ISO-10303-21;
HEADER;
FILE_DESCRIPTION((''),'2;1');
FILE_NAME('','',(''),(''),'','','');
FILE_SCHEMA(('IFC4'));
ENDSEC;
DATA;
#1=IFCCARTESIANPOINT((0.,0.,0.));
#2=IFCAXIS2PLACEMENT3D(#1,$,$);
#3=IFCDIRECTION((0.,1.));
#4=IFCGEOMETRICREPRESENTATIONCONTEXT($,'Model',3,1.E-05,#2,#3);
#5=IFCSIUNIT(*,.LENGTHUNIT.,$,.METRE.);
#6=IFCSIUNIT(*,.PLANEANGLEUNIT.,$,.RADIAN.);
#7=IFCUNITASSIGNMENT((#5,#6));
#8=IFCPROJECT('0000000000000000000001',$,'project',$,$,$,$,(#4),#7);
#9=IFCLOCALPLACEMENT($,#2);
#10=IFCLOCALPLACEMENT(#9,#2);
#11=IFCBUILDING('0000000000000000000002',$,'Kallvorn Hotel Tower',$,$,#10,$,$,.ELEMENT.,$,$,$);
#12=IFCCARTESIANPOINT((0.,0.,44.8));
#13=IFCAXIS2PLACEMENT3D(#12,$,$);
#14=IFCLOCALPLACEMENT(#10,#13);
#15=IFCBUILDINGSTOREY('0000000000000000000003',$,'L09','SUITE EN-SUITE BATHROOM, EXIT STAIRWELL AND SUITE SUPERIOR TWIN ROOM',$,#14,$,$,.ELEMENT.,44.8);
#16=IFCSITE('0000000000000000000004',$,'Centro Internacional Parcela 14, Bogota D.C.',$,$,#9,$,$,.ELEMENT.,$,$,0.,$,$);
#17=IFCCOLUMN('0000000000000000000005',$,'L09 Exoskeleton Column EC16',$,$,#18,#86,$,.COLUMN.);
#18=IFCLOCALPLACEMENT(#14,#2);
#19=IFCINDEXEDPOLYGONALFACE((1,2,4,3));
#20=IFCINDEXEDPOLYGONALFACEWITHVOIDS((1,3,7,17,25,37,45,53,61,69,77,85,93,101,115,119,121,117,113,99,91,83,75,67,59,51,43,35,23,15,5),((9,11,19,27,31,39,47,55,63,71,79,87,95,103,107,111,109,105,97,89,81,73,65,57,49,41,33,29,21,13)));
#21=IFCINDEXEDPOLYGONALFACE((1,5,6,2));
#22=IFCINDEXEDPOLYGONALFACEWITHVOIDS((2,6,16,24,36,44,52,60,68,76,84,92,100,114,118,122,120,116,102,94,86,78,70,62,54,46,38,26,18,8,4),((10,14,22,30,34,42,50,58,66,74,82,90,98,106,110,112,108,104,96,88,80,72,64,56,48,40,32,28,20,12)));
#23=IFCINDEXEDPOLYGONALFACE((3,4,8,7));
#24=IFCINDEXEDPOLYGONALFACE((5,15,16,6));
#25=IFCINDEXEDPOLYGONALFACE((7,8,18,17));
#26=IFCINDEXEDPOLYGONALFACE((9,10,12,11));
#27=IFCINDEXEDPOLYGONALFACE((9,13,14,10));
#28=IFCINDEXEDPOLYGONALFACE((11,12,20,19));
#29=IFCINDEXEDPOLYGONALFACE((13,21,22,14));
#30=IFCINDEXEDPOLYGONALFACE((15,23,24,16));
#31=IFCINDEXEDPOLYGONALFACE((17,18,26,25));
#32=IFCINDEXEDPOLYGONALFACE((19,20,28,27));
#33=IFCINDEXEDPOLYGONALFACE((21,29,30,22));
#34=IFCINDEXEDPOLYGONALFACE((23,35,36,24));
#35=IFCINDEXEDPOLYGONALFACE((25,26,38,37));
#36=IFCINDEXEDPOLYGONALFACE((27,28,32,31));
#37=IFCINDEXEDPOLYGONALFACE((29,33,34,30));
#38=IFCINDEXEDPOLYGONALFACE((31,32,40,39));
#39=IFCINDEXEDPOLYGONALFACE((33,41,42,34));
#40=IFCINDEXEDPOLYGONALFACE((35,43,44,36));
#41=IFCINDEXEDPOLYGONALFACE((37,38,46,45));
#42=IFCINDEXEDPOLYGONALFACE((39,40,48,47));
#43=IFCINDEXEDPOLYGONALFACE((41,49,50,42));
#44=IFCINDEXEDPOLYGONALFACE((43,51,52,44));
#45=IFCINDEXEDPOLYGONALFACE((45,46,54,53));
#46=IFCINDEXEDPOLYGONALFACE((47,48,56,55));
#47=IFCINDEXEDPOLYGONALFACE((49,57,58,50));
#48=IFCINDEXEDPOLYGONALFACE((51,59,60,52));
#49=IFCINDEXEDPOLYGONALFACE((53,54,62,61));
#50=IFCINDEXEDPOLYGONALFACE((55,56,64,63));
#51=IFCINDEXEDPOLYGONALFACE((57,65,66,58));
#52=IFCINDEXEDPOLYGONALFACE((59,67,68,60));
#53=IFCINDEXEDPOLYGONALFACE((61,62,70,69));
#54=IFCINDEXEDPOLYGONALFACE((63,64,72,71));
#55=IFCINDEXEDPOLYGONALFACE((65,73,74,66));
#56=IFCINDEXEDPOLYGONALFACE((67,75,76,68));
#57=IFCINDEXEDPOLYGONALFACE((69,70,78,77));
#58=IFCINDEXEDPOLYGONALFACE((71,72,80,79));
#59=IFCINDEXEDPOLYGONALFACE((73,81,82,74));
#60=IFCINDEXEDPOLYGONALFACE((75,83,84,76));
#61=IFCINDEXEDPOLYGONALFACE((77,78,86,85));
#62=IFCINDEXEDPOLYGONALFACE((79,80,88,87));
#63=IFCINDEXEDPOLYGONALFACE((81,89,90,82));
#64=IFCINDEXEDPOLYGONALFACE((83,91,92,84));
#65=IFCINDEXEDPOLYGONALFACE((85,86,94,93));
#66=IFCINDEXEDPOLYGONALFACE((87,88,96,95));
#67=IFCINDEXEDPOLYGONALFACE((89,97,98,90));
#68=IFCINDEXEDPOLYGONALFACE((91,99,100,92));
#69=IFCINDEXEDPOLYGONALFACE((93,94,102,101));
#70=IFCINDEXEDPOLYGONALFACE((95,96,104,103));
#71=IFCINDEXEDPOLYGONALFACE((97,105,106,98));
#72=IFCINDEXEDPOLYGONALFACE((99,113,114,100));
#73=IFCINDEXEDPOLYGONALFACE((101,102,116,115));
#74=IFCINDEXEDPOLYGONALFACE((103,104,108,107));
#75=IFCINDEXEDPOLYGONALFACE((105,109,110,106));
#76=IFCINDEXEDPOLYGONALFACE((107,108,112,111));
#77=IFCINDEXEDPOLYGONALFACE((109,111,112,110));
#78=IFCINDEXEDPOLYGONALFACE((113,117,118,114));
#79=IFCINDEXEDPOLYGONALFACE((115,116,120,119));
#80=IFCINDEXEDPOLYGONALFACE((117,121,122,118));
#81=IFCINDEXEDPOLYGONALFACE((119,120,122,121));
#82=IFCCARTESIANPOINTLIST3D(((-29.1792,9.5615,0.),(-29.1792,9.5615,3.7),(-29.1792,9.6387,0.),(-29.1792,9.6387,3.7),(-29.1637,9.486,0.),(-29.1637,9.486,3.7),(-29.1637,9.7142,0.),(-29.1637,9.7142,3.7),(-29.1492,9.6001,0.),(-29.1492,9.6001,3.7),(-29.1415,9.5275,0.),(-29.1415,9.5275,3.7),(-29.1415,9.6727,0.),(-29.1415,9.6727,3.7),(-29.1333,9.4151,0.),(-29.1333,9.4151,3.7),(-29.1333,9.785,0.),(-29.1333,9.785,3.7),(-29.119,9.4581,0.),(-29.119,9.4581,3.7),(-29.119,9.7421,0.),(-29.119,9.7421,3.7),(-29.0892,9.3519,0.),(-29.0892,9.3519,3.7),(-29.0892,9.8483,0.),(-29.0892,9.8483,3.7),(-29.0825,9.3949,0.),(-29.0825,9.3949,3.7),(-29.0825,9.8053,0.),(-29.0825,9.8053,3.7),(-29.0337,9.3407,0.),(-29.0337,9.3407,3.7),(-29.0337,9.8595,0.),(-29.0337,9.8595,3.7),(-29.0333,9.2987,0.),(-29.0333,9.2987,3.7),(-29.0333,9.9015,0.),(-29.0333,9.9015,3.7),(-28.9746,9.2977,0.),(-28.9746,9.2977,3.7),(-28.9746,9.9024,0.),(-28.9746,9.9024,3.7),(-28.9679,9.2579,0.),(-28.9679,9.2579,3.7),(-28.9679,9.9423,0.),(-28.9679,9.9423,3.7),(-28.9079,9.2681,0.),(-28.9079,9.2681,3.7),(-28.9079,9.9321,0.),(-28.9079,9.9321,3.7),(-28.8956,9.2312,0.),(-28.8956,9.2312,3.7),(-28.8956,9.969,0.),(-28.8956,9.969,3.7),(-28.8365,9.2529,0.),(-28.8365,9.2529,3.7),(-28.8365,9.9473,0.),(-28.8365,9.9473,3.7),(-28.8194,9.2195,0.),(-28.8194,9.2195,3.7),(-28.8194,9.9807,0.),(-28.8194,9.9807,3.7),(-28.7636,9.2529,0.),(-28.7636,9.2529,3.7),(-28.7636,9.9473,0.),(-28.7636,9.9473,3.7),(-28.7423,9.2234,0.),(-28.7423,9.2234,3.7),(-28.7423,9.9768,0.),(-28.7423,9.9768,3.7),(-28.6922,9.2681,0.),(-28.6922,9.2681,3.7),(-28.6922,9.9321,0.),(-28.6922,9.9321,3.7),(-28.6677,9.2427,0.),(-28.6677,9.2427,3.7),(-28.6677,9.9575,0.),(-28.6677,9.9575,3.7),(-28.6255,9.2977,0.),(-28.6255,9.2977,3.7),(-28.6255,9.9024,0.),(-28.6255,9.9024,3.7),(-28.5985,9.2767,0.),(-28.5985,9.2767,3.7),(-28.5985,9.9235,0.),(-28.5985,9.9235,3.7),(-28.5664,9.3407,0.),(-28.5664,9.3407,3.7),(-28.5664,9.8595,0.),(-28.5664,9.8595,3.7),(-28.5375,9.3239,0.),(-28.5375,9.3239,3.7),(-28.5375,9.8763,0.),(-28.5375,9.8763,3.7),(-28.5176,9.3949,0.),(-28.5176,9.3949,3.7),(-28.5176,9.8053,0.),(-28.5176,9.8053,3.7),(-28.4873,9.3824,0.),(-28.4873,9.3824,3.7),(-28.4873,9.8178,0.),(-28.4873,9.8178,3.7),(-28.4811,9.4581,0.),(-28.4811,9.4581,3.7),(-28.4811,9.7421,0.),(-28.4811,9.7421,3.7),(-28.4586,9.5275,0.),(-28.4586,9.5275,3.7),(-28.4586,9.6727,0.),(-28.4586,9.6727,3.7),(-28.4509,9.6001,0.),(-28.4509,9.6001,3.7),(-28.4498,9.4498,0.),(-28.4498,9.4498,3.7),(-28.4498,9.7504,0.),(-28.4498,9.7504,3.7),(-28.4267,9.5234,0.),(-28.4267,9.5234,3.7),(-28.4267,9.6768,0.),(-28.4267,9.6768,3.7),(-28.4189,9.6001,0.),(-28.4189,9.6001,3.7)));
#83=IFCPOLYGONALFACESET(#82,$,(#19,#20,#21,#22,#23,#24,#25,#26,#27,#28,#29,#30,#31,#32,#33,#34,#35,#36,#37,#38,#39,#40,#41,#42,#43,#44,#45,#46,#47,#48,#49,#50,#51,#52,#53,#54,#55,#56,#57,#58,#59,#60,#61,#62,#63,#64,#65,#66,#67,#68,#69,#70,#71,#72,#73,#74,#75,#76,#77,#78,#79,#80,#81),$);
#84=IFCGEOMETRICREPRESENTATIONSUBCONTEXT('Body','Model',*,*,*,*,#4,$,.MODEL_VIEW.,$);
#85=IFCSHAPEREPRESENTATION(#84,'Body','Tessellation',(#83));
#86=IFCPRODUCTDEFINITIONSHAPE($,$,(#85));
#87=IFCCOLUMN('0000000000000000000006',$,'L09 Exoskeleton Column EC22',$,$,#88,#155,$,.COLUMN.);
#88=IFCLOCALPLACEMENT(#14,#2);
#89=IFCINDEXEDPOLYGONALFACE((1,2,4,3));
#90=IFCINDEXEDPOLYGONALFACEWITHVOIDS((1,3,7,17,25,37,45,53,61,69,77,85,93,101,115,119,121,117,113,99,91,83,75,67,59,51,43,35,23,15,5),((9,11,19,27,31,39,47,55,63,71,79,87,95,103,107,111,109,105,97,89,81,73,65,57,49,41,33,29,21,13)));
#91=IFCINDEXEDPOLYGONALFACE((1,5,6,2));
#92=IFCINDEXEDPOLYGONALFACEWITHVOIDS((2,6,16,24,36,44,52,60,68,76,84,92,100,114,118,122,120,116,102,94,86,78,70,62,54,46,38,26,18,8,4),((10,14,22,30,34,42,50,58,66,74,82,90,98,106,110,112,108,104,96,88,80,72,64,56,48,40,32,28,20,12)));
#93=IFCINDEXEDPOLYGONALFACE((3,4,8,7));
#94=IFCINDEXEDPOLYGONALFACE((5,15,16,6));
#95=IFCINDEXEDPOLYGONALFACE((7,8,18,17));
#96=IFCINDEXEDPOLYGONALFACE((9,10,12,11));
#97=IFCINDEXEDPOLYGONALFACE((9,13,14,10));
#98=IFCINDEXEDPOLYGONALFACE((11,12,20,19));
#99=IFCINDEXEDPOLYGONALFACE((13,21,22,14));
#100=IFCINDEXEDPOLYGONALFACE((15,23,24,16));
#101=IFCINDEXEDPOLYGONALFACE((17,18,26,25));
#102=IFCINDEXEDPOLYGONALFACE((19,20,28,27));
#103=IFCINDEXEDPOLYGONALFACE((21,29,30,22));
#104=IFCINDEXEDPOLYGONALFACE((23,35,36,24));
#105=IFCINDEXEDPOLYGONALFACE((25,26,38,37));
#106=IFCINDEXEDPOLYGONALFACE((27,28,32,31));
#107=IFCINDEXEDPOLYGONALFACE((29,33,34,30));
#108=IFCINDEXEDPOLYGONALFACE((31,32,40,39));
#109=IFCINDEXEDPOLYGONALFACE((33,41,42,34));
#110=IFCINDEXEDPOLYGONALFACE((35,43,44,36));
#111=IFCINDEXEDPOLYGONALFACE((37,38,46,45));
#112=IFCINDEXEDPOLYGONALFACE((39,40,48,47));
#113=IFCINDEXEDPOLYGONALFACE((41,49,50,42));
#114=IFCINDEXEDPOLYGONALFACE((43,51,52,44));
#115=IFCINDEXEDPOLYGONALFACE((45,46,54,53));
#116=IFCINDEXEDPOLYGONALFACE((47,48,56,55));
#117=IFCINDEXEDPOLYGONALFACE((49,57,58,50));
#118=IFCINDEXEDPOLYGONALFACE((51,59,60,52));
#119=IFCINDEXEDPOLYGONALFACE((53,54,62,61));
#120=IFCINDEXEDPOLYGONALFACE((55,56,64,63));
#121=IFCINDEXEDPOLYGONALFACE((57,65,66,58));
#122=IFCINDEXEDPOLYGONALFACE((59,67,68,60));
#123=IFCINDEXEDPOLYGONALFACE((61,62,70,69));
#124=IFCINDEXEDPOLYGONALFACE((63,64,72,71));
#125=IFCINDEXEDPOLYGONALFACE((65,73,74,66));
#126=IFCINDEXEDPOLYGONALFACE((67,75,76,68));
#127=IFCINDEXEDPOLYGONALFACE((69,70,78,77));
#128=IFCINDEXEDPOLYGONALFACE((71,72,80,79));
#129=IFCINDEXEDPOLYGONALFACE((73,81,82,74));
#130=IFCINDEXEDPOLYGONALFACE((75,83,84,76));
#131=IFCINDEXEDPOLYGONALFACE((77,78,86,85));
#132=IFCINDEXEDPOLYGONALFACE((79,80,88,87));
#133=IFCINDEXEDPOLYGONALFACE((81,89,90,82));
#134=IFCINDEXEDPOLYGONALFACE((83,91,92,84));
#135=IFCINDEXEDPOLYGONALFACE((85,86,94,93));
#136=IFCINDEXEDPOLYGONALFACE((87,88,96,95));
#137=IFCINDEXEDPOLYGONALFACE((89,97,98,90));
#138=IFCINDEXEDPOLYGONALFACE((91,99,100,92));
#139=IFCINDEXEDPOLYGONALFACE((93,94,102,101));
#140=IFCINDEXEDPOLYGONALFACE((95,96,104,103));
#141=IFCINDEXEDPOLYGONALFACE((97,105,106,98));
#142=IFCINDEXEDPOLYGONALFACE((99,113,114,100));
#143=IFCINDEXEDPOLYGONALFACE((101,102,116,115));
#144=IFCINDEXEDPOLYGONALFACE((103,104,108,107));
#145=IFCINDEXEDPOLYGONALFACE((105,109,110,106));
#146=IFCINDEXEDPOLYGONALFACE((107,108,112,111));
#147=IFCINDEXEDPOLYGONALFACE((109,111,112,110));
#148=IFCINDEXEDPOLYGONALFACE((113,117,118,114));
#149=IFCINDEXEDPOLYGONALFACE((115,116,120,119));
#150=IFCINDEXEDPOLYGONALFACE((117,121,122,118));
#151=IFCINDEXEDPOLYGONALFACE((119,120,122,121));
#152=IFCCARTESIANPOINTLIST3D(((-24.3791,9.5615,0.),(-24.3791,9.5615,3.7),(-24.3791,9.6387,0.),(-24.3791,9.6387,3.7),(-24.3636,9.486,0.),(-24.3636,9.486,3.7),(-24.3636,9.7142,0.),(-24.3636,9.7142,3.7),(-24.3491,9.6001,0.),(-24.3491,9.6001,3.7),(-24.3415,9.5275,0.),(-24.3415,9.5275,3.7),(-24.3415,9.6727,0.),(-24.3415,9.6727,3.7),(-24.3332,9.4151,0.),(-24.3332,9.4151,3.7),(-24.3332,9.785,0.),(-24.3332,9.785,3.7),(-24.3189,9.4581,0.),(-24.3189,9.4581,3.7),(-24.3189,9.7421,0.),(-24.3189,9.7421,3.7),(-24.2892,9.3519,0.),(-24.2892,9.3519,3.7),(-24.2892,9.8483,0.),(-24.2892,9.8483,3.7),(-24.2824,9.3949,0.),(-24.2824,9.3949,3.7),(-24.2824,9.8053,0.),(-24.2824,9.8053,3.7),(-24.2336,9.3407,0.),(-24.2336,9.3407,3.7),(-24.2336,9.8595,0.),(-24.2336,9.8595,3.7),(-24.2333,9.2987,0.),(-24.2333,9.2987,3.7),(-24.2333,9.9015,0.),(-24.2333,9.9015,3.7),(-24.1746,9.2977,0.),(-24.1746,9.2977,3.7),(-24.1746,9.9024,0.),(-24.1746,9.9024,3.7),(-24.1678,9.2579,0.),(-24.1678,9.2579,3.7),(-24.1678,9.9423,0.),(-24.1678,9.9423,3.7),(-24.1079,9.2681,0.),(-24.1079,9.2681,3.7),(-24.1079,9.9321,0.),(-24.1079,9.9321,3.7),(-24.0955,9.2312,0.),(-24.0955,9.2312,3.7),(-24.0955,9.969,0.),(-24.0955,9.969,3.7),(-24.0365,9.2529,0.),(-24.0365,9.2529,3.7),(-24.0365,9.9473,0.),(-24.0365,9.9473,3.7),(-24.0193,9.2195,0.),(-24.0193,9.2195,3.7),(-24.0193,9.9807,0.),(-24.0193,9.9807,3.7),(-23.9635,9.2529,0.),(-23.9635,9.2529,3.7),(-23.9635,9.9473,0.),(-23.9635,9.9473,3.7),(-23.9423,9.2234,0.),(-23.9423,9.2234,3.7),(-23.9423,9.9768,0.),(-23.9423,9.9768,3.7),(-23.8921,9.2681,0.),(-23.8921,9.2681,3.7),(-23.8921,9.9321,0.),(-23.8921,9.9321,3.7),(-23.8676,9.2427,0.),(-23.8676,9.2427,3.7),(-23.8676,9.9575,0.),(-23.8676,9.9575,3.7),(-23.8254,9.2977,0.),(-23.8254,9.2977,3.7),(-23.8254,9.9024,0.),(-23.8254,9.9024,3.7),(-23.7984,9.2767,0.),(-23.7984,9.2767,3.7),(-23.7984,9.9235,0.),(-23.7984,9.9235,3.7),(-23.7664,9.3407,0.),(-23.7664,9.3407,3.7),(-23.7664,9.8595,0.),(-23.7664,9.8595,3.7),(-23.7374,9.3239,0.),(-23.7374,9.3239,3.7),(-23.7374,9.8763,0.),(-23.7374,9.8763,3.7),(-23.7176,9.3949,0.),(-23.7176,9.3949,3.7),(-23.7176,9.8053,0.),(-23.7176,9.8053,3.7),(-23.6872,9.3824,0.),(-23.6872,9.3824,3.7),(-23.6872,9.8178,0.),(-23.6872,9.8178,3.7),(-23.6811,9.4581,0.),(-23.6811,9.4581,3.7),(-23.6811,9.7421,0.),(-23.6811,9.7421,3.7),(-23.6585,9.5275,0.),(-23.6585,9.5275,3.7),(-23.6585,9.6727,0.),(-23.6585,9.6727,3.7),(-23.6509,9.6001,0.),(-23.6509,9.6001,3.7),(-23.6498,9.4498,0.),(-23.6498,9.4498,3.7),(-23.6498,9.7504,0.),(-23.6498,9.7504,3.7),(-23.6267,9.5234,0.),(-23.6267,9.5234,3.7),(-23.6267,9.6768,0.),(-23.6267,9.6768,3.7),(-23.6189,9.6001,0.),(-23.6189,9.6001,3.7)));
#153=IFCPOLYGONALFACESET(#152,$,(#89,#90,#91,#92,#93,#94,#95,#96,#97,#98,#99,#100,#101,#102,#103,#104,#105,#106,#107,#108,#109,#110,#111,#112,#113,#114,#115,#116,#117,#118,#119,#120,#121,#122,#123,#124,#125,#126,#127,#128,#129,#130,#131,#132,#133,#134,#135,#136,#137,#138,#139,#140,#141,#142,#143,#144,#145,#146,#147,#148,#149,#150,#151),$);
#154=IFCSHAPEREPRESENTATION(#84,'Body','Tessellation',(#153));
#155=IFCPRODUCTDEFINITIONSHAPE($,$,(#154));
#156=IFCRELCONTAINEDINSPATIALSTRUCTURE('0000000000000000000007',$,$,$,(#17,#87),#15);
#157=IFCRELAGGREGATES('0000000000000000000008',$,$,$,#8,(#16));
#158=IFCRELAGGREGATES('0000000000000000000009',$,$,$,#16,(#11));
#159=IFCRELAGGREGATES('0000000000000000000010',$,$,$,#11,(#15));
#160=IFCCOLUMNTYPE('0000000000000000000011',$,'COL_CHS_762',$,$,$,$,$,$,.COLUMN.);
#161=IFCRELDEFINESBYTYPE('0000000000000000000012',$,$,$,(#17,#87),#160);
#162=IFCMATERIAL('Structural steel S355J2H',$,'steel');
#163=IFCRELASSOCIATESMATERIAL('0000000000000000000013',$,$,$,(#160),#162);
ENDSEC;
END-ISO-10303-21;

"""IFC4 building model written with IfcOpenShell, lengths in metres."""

from ifc_helpers import new_model, si_unit, direction, frame, origin, origin_2d, place, context, subcontext, project, spatial, hollow_circle, extrude, material, material_profile, profile_set, type_object, element, save


model = new_model("IFC4")

# Units and contexts
model_context = context("Model", 3, precision=1e-05, world=origin(), true_north=direction((0.0, 1.0)))
body_context = subcontext(model_context, "Body", "Model", "MODEL_VIEW")
ifc_project = project(units=[si_unit("LENGTHUNIT", "METRE"), si_unit("PLANEANGLEUNIT", "RADIAN")], contexts=[model_context])

# Site, building, storey
site_placement = place(None, origin())
site = spatial("IfcSite", under=ifc_project, at=site_placement, Name="Centro Internacional Parcela 14, Bogota D.C.", CompositionType="ELEMENT", RefElevation=0.0)
building_placement = place(site_placement, origin())
building = spatial("IfcBuilding", under=site, at=building_placement, Name="Kallvorn Hotel Tower", CompositionType="ELEMENT")
storey_placement = place(building_placement, frame((0.0, 0.0, 44.8)))
storey = spatial("IfcBuildingStorey", under=building, at=storey_placement, Name="L09", Description="SUITE EN-SUITE BATHROOM, EXIT STAIRWELL AND SUITE SUPERIOR TWIN ROOM", CompositionType="ELEMENT", Elevation=44.8)

# Columns
ifc_material_1 = material(Name="Structural steel S355J2H", Category="steel")
ifc_material_profile_1 = material_profile(ifc_material_1, hollow_circle(Radius=0.3811, WallThickness=0.032, at=origin_2d()), Name="CHS 762x32")
ifc_profile_set_1 = profile_set([ifc_material_profile_1], Name="Structural steel S355J2H")
column_type_1 = type_object("IfcColumnType", Name="COL_CHS_762", PredefinedType="COLUMN", material=ifc_profile_set_1)
for number, where, z_axis, x_axis, name in (
    (1, (-28.8, 9.6001, 0.0), (0.0, 0.0, 1.0), (1.0, 0.0, 0.0), "L09 Exoskeleton Column EC16"),
    (2, (-24.0, 9.6001, 0.0), (0.0, 0.0, 1.0), (1.0, 0.0, 0.0), "L09 Exoskeleton Column EC22"),
):
    element("IfcColumn", number, at=place(storey_placement, frame(where, z_axis=z_axis, x_axis=x_axis)), inside=storey, type_object=column_type_1, Name=name, PredefinedType="COLUMN", context=body_context, shape_type="SweptSolid", body=[
        extrude(hollow_circle(Radius=0.3811, WallThickness=0.032, at=origin_2d()), origin(), (0.0, 0.0, 1.0), 3.7),
    ])

save(model, "model.ifc")
